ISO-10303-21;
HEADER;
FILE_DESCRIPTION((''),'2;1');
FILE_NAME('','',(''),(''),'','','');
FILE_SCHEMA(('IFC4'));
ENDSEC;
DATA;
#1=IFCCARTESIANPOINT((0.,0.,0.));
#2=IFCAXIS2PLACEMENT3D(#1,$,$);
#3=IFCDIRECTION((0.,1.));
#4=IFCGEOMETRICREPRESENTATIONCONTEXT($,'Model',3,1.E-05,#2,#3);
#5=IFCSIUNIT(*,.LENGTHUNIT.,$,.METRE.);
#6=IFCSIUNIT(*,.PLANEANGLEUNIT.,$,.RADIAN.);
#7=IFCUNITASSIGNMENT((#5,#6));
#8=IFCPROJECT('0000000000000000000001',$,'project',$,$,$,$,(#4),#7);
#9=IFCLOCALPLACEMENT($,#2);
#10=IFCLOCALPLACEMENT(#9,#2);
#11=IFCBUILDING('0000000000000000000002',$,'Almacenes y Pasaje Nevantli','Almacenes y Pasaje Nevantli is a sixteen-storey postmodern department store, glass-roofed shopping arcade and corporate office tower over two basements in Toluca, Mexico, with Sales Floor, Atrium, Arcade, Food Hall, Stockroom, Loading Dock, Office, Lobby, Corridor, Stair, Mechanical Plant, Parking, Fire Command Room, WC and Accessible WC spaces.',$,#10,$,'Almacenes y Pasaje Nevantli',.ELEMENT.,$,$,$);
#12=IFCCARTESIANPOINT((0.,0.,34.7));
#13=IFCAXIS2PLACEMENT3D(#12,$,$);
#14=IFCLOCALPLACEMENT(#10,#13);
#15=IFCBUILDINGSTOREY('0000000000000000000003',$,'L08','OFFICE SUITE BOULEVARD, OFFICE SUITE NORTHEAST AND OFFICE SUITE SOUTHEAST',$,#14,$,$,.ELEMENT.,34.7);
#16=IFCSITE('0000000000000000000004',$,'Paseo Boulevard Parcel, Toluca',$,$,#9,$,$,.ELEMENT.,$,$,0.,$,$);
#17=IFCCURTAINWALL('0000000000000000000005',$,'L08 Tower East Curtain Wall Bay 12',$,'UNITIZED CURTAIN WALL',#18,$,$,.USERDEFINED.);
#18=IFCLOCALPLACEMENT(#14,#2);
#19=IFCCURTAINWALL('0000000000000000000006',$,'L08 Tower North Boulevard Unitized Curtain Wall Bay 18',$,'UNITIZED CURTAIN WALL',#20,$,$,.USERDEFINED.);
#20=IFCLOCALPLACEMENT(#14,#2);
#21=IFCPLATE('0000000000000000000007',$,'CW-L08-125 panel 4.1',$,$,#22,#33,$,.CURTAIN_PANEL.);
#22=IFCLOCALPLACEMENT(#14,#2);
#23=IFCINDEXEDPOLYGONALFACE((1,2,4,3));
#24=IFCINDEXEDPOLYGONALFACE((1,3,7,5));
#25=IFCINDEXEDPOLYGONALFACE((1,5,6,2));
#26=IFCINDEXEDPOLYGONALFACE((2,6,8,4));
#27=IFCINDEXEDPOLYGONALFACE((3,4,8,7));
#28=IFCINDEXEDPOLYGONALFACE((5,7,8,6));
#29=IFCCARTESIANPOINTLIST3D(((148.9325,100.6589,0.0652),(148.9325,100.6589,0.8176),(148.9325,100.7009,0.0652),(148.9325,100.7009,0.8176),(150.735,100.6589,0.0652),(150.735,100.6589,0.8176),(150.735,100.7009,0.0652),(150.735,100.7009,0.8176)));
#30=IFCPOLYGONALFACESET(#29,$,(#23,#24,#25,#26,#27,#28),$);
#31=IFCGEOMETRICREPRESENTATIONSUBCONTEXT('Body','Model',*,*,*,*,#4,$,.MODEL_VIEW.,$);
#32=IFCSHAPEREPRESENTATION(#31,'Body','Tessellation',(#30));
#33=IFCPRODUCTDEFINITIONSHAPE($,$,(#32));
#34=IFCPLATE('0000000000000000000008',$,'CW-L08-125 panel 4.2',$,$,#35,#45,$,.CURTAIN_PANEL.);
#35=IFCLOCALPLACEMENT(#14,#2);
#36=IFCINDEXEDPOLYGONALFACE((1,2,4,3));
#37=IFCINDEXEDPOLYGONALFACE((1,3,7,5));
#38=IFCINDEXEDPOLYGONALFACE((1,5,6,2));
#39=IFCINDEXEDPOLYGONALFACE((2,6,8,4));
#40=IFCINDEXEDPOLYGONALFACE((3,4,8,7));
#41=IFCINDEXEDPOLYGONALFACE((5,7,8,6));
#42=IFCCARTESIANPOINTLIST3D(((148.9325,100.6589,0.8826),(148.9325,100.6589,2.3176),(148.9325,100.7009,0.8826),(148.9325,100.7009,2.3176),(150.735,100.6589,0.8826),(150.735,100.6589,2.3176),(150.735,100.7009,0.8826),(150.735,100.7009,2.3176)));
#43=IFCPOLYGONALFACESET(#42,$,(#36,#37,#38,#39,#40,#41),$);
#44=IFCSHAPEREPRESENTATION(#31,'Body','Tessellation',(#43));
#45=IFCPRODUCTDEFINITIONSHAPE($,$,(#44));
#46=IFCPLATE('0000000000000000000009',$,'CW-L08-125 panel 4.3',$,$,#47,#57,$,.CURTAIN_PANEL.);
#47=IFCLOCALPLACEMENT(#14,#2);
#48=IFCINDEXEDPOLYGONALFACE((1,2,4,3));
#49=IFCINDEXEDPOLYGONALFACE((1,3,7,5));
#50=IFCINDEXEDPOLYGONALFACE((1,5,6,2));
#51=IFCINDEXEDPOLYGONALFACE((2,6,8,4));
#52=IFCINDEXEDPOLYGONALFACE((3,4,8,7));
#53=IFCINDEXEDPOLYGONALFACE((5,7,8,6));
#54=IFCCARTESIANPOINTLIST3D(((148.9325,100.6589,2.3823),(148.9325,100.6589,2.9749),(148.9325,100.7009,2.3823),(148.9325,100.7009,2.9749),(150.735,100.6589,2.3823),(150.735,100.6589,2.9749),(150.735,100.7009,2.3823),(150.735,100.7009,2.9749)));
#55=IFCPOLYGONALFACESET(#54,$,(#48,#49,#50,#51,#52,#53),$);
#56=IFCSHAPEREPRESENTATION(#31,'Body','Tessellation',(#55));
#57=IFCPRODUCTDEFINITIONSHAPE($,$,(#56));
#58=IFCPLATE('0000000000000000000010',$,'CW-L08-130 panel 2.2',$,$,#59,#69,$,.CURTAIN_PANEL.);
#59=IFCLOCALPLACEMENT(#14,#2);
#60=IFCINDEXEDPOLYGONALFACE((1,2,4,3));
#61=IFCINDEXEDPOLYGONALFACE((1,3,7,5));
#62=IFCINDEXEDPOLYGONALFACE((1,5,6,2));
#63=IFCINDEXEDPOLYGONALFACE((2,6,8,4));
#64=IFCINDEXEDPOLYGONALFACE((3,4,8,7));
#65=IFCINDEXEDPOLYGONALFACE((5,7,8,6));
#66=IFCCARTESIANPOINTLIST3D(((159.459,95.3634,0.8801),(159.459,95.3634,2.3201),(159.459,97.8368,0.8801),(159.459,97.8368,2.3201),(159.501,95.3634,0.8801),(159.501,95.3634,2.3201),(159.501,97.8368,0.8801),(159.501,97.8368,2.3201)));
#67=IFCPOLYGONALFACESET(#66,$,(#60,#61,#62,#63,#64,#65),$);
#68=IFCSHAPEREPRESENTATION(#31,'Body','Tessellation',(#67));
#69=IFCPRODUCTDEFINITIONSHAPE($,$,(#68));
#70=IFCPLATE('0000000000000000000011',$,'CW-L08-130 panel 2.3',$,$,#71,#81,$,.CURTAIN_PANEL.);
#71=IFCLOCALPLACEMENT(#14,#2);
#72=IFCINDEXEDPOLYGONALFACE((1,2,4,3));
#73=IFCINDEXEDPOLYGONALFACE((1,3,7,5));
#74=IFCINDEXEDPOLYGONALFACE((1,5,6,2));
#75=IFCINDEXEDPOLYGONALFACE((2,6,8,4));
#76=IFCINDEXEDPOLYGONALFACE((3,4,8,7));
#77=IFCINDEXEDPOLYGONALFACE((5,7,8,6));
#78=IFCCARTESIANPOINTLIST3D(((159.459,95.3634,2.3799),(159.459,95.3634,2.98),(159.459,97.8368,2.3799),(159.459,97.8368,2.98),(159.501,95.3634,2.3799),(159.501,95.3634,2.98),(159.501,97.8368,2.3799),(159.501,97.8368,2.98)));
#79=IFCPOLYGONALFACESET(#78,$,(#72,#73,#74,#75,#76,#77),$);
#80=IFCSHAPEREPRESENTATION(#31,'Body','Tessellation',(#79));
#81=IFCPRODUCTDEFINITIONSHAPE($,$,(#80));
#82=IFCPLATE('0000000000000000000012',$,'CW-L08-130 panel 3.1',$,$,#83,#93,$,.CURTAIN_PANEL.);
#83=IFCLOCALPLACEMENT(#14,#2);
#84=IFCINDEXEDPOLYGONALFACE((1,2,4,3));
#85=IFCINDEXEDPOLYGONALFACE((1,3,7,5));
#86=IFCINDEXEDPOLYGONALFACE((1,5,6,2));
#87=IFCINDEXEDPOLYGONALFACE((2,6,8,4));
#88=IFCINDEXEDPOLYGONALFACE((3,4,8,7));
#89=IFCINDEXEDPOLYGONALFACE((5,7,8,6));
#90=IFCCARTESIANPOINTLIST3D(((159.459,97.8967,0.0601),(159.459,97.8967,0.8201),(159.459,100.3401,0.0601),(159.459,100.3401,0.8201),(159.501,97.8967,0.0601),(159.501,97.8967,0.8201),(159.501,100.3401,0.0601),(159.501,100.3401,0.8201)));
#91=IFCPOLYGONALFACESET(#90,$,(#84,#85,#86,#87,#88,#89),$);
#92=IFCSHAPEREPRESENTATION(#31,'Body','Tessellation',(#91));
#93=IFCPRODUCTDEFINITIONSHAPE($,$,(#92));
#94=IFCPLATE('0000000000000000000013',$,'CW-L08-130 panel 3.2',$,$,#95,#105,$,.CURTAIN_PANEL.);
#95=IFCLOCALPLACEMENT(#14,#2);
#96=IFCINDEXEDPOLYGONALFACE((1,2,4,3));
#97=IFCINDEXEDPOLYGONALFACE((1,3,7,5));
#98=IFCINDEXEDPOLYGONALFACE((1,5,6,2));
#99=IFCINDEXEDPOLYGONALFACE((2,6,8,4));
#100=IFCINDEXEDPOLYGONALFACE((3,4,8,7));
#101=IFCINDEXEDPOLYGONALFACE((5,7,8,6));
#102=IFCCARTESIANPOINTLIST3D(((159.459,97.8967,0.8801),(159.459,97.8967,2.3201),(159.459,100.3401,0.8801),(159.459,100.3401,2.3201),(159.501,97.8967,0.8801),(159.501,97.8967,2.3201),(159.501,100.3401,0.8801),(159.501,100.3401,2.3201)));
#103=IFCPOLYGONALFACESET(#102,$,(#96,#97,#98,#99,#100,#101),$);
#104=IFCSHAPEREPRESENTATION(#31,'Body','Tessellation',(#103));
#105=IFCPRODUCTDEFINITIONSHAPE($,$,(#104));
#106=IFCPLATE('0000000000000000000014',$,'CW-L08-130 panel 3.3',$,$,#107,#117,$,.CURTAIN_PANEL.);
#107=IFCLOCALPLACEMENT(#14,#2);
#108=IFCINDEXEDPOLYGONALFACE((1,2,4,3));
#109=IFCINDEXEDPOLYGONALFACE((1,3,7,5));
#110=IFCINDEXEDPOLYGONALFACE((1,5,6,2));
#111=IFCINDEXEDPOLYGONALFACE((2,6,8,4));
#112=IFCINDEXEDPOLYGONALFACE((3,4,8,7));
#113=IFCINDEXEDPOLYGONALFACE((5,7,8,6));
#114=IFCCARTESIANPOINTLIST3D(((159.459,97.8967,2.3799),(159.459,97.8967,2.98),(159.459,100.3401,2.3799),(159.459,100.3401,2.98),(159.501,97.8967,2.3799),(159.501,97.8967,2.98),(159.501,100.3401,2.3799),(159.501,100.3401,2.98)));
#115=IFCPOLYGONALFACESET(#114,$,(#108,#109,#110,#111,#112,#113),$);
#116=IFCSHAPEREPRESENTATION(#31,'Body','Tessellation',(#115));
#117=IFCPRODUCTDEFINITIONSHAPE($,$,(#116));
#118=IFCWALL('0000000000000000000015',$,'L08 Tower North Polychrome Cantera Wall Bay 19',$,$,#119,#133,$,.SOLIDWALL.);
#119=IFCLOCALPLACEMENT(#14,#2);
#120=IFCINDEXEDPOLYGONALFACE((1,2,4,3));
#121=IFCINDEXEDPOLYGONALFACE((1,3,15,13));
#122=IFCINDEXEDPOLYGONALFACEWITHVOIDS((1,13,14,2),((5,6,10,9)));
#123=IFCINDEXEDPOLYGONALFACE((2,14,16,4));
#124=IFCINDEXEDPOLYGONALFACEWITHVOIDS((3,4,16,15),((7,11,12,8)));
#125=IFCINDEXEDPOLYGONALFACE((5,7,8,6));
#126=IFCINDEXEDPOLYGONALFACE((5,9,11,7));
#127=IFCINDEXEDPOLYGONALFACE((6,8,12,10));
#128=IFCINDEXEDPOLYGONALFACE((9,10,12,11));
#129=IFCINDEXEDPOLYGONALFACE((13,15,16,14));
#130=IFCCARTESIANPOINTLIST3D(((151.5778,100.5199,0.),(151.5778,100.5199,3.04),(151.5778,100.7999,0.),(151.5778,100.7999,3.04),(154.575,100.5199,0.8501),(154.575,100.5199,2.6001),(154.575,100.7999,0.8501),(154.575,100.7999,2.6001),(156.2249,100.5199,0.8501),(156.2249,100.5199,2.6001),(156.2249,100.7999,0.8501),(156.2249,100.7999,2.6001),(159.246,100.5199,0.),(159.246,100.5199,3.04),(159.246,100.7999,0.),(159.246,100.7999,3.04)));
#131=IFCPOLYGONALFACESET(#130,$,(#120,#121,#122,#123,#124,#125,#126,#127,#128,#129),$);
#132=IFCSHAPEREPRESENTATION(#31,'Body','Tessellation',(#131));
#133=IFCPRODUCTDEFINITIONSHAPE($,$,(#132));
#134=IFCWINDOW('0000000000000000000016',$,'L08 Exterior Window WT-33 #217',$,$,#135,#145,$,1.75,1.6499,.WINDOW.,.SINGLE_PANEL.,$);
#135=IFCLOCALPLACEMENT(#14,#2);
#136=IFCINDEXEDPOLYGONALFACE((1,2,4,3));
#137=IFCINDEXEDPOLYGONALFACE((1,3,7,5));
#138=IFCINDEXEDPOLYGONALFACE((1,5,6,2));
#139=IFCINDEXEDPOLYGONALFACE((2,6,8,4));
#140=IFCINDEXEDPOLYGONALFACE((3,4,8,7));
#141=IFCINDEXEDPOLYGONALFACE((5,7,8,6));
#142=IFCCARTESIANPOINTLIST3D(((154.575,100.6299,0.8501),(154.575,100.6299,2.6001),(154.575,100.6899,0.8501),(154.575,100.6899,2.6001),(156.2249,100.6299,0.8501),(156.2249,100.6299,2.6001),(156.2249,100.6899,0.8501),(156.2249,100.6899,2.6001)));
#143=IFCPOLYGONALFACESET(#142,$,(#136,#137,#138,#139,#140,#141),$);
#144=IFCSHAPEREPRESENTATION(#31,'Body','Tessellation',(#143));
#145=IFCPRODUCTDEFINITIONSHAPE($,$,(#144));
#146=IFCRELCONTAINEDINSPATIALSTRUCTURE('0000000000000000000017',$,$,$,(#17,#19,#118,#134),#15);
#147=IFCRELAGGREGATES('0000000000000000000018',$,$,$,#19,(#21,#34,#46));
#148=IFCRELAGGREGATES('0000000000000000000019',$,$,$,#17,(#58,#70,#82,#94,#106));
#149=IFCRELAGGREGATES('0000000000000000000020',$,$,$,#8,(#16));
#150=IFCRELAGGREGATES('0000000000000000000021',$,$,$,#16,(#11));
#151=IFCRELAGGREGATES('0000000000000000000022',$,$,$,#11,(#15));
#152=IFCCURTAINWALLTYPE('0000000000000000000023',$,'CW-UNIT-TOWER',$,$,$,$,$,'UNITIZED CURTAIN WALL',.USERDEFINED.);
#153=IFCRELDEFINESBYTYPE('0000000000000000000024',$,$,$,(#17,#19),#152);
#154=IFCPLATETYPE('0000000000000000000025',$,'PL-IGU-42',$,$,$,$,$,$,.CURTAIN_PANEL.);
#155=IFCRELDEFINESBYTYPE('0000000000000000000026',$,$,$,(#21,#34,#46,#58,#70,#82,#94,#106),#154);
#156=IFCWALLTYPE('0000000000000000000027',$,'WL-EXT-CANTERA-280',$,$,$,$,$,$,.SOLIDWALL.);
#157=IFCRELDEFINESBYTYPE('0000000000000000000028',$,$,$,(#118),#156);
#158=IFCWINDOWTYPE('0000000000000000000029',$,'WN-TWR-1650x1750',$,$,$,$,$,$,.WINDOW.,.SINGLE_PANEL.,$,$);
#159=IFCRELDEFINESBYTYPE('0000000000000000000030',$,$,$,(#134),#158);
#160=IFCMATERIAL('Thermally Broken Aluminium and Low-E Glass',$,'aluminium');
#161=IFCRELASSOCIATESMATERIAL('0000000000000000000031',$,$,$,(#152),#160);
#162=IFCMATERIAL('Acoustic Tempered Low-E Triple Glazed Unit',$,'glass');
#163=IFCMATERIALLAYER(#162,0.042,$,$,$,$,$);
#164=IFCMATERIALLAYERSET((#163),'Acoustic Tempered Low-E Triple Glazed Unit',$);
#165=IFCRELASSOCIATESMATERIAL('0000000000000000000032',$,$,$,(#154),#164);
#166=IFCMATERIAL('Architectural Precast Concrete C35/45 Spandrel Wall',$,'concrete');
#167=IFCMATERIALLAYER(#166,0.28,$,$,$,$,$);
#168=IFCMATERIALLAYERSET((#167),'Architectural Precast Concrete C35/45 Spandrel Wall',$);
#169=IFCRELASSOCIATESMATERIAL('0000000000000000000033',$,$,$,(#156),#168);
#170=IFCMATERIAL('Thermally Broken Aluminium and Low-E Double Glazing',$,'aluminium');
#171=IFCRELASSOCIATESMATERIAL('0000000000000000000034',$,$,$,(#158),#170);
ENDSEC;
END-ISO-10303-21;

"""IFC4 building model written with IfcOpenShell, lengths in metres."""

from ifc_helpers import new_model, si_unit, direction, frame, frame_2d, origin, origin_2d, place, context, subcontext, project, spatial, rectangle, extrude, material, layer, layer_set, type_object, element, fill, aggregate, save


model = new_model("IFC4")

# Units and contexts
model_context = context("Model", 3, precision=1e-05, world=origin(), true_north=direction((0.0, 1.0)))
body_context = subcontext(model_context, "Body", "Model", "MODEL_VIEW")
ifc_project = project(units=[si_unit("LENGTHUNIT", "METRE"), si_unit("PLANEANGLEUNIT", "RADIAN")], contexts=[model_context])

# Site, building, storey
site_placement = place(None, origin())
site = spatial("IfcSite", under=ifc_project, at=site_placement, Name="Paseo Boulevard Parcel, Toluca", CompositionType="ELEMENT", RefElevation=0.0)
building_placement = place(site_placement, origin())
building = spatial("IfcBuilding", under=site, at=building_placement, Name="Almacenes y Pasaje Nevantli", Description="Almacenes y Pasaje Nevantli is a sixteen-storey postmodern department store, glass-roofed shopping arcade and corporate office tower over two basements in Toluca, Mexico, with Sales Floor, Atrium, Arcade, Food Hall, Stockroom, Loading Dock, Office, Lobby, Corridor, Stair, Mechanical Plant, Parking, Fire Command Room, WC and Accessible WC spaces.", LongName="Almacenes y Pasaje Nevantli", CompositionType="ELEMENT")
storey_placement = place(building_placement, frame((0.0, 0.0, 34.7)))
storey = spatial("IfcBuildingStorey", under=building, at=storey_placement, Name="L08", Description="OFFICE SUITE BOULEVARD, OFFICE SUITE NORTHEAST AND OFFICE SUITE SOUTHEAST", CompositionType="ELEMENT", Elevation=34.7)

# Curtain walls
ifc_material_1 = material(Name="Thermally Broken Aluminium and Low-E Glass", Category="aluminium")
curtain_wall_type = type_object("IfcCurtainWallType", Name="CW-UNIT-TOWER", ElementType="UNITIZED CURTAIN WALL", PredefinedType="USERDEFINED", material=ifc_material_1)
curtain_wall_1_placement = place(storey_placement, origin())
curtain_wall_1 = element("IfcCurtainWall", 1, at=curtain_wall_1_placement, inside=storey, type_object=curtain_wall_type, Name="L08 Tower East Curtain Wall Bay 12", ObjectType="UNITIZED CURTAIN WALL", PredefinedType="USERDEFINED")
curtain_wall_2_placement = place(storey_placement, origin())
curtain_wall_2 = element("IfcCurtainWall", 2, at=curtain_wall_2_placement, inside=storey, type_object=curtain_wall_type, Name="L08 Tower North Boulevard Unitized Curtain Wall Bay 18", ObjectType="UNITIZED CURTAIN WALL", PredefinedType="USERDEFINED")

# Plates
ifc_material_2 = material(Name="Acoustic Tempered Low-E Triple Glazed Unit", Category="glass")
ifc_layer_1 = layer(ifc_material_2, 0.042)
ifc_layer_set_1 = layer_set([ifc_layer_1], Name="Acoustic Tempered Low-E Triple Glazed Unit")
plate_type = type_object("IfcPlateType", Name="PL-IGU-42", PredefinedType="CURTAIN_PANEL", material=ifc_layer_set_1)
plate_1_placement = place(storey_placement, frame((149.8337, 100.6799, 0.0652), z_axis=(0.0, 0.0, 1.0), x_axis=(1.0, 0.0, 0.0)))
plate_1 = element("IfcPlate", 3, at=plate_1_placement, type_object=plate_type, Name="CW-L08-125 panel 4.1", PredefinedType="CURTAIN_PANEL", context=body_context, shape_type="SweptSolid", body=[
    extrude(rectangle(XDim=1.8025, YDim=0.042, at=origin_2d()), origin(), (0.0, 0.0, 1.0), 0.7524),
])
plate_2_placement = place(storey_placement, frame((149.8337, 100.6799, 0.8826), z_axis=(0.0, 0.0, 1.0), x_axis=(1.0, 0.0, 0.0)))
plate_2 = element("IfcPlate", 4, at=plate_2_placement, type_object=plate_type, Name="CW-L08-125 panel 4.2", PredefinedType="CURTAIN_PANEL", context=body_context, shape_type="SweptSolid", body=[
    extrude(rectangle(XDim=1.8025, YDim=0.042, at=origin_2d()), origin(), (0.0, 0.0, 1.0), 1.4351),
])
plate_3_placement = place(storey_placement, frame((149.8337, 100.6799, 2.3823), z_axis=(0.0, 0.0, 1.0), x_axis=(1.0, 0.0, 0.0)))
plate_3 = element("IfcPlate", 5, at=plate_3_placement, type_object=plate_type, Name="CW-L08-125 panel 4.3", PredefinedType="CURTAIN_PANEL", context=body_context, shape_type="SweptSolid", body=[
    extrude(rectangle(XDim=1.8025, YDim=0.042, at=origin_2d()), origin(), (0.0, 0.0, 1.0), 0.5925),
])
aggregate(curtain_wall_2, [plate_1, plate_2, plate_3])
plate_4_placement = place(storey_placement, frame((159.48, 96.6001, 0.8801), z_axis=(0.0, 0.0, 1.0), x_axis=(0.0, 1.0, 0.0)))
plate_4 = element("IfcPlate", 6, at=plate_4_placement, type_object=plate_type, Name="CW-L08-130 panel 2.2", PredefinedType="CURTAIN_PANEL", context=body_context, shape_type="SweptSolid", body=[
    extrude(rectangle(XDim=2.4734, YDim=0.042, at=origin_2d()), origin(), (0.0, 0.0, 1.0), 1.4399),
])
plate_5_placement = place(storey_placement, frame((159.48, 96.6001, 2.3799), z_axis=(0.0, 0.0, 1.0), x_axis=(0.0, 1.0, 0.0)))
plate_5 = element("IfcPlate", 7, at=plate_5_placement, type_object=plate_type, Name="CW-L08-130 panel 2.3", PredefinedType="CURTAIN_PANEL", context=body_context, shape_type="SweptSolid", body=[
    extrude(rectangle(XDim=2.4734, YDim=0.042, at=origin_2d()), origin(), (0.0, 0.0, 1.0), 0.6001),
])
plate_6_placement = place(storey_placement, frame((159.48, 99.1184, 0.0601), z_axis=(0.0, 0.0, 1.0), x_axis=(0.0, 1.0, 0.0)))
plate_6 = element("IfcPlate", 8, at=plate_6_placement, type_object=plate_type, Name="CW-L08-130 panel 3.1", PredefinedType="CURTAIN_PANEL", context=body_context, shape_type="SweptSolid", body=[
    extrude(rectangle(XDim=2.4434, YDim=0.042, at=origin_2d()), origin(), (0.0, 0.0, 1.0), 0.76),
])
plate_7_placement = place(storey_placement, frame((159.48, 99.1184, 0.8801), z_axis=(0.0, 0.0, 1.0), x_axis=(0.0, 1.0, 0.0)))
plate_7 = element("IfcPlate", 9, at=plate_7_placement, type_object=plate_type, Name="CW-L08-130 panel 3.2", PredefinedType="CURTAIN_PANEL", context=body_context, shape_type="SweptSolid", body=[
    extrude(rectangle(XDim=2.4434, YDim=0.042, at=origin_2d()), origin(), (0.0, 0.0, 1.0), 1.4399),
])
plate_8_placement = place(storey_placement, frame((159.48, 99.1184, 2.3799), z_axis=(0.0, 0.0, 1.0), x_axis=(0.0, 1.0, 0.0)))
plate_8 = element("IfcPlate", 10, at=plate_8_placement, type_object=plate_type, Name="CW-L08-130 panel 3.3", PredefinedType="CURTAIN_PANEL", context=body_context, shape_type="SweptSolid", body=[
    extrude(rectangle(XDim=2.4434, YDim=0.042, at=origin_2d()), origin(), (0.0, 0.0, 1.0), 0.6001),
])
aggregate(curtain_wall_1, [plate_4, plate_5, plate_6, plate_7, plate_8])

# Wall, opening, window
ifc_material_3 = material(Name="Architectural Precast Concrete C35/45 Spandrel Wall", Category="concrete")
ifc_layer_2 = layer(ifc_material_3, 0.28)
ifc_layer_set_2 = layer_set([ifc_layer_2], Name="Architectural Precast Concrete C35/45 Spandrel Wall")
wall_type = type_object("IfcWallType", Name="WL-EXT-CANTERA-280", PredefinedType="SOLIDWALL", material=ifc_layer_set_2)
wall_placement = place(storey_placement, frame((151.5779, 100.6599, 0.0), z_axis=(0.0, 0.0, 1.0), x_axis=(1.0, 0.0, 0.0)))
wall = element("IfcWall", 11, at=wall_placement, inside=storey, type_object=wall_type, Name="L08 Tower North Polychrome Cantera Wall Bay 19", PredefinedType="SOLIDWALL", context=body_context, shape_type="SweptSolid", body=[
    extrude(rectangle(XDim=7.6682, YDim=0.28, at=frame_2d((3.834, 0.0))), origin(), (0.0, 0.0, 1.0), 3.04),
])
opening_placement = place(wall_placement, frame((2.9971, 0.0, 0.8501)))
opening = element("IfcOpeningElement", 12, at=opening_placement, cuts=wall, PredefinedType="OPENING", context=body_context, shape_type="SweptSolid", body=[
    extrude(rectangle(XDim=1.6499, YDim=1.75, at=frame_2d((0.825, 0.875))), frame((0.0, 0.1499, 0.0), z_axis=(0.0, -1.0, 0.0), x_axis=(1.0, 0.0, 0.0)), (0.0, 0.0, 1.0), 0.3),
])
ifc_material_4 = material(Name="Thermally Broken Aluminium and Low-E Double Glazing", Category="aluminium")
window_type = type_object("IfcWindowType", Name="WN-TWR-1650x1750", PartitioningType="SINGLE_PANEL", PredefinedType="WINDOW", material=ifc_material_4)
window_placement = place(opening_placement, origin())
window = element("IfcWindow", 13, at=window_placement, inside=storey, type_object=window_type, Name="L08 Exterior Window WT-33 #217", OverallHeight=1.75, OverallWidth=1.6499, PartitioningType="SINGLE_PANEL", PredefinedType="WINDOW", context=body_context, shape_type="SweptSolid", body=[
    extrude(rectangle(XDim=1.6499, YDim=1.75, at=frame_2d((0.825, 0.875))), frame((0.0, 0.03, 0.0), z_axis=(0.0, -1.0, 0.0), x_axis=(1.0, 0.0, 0.0)), (0.0, 0.0, 1.0), 0.0601),
])
fill(opening, window)

save(model, "model.ifc")
